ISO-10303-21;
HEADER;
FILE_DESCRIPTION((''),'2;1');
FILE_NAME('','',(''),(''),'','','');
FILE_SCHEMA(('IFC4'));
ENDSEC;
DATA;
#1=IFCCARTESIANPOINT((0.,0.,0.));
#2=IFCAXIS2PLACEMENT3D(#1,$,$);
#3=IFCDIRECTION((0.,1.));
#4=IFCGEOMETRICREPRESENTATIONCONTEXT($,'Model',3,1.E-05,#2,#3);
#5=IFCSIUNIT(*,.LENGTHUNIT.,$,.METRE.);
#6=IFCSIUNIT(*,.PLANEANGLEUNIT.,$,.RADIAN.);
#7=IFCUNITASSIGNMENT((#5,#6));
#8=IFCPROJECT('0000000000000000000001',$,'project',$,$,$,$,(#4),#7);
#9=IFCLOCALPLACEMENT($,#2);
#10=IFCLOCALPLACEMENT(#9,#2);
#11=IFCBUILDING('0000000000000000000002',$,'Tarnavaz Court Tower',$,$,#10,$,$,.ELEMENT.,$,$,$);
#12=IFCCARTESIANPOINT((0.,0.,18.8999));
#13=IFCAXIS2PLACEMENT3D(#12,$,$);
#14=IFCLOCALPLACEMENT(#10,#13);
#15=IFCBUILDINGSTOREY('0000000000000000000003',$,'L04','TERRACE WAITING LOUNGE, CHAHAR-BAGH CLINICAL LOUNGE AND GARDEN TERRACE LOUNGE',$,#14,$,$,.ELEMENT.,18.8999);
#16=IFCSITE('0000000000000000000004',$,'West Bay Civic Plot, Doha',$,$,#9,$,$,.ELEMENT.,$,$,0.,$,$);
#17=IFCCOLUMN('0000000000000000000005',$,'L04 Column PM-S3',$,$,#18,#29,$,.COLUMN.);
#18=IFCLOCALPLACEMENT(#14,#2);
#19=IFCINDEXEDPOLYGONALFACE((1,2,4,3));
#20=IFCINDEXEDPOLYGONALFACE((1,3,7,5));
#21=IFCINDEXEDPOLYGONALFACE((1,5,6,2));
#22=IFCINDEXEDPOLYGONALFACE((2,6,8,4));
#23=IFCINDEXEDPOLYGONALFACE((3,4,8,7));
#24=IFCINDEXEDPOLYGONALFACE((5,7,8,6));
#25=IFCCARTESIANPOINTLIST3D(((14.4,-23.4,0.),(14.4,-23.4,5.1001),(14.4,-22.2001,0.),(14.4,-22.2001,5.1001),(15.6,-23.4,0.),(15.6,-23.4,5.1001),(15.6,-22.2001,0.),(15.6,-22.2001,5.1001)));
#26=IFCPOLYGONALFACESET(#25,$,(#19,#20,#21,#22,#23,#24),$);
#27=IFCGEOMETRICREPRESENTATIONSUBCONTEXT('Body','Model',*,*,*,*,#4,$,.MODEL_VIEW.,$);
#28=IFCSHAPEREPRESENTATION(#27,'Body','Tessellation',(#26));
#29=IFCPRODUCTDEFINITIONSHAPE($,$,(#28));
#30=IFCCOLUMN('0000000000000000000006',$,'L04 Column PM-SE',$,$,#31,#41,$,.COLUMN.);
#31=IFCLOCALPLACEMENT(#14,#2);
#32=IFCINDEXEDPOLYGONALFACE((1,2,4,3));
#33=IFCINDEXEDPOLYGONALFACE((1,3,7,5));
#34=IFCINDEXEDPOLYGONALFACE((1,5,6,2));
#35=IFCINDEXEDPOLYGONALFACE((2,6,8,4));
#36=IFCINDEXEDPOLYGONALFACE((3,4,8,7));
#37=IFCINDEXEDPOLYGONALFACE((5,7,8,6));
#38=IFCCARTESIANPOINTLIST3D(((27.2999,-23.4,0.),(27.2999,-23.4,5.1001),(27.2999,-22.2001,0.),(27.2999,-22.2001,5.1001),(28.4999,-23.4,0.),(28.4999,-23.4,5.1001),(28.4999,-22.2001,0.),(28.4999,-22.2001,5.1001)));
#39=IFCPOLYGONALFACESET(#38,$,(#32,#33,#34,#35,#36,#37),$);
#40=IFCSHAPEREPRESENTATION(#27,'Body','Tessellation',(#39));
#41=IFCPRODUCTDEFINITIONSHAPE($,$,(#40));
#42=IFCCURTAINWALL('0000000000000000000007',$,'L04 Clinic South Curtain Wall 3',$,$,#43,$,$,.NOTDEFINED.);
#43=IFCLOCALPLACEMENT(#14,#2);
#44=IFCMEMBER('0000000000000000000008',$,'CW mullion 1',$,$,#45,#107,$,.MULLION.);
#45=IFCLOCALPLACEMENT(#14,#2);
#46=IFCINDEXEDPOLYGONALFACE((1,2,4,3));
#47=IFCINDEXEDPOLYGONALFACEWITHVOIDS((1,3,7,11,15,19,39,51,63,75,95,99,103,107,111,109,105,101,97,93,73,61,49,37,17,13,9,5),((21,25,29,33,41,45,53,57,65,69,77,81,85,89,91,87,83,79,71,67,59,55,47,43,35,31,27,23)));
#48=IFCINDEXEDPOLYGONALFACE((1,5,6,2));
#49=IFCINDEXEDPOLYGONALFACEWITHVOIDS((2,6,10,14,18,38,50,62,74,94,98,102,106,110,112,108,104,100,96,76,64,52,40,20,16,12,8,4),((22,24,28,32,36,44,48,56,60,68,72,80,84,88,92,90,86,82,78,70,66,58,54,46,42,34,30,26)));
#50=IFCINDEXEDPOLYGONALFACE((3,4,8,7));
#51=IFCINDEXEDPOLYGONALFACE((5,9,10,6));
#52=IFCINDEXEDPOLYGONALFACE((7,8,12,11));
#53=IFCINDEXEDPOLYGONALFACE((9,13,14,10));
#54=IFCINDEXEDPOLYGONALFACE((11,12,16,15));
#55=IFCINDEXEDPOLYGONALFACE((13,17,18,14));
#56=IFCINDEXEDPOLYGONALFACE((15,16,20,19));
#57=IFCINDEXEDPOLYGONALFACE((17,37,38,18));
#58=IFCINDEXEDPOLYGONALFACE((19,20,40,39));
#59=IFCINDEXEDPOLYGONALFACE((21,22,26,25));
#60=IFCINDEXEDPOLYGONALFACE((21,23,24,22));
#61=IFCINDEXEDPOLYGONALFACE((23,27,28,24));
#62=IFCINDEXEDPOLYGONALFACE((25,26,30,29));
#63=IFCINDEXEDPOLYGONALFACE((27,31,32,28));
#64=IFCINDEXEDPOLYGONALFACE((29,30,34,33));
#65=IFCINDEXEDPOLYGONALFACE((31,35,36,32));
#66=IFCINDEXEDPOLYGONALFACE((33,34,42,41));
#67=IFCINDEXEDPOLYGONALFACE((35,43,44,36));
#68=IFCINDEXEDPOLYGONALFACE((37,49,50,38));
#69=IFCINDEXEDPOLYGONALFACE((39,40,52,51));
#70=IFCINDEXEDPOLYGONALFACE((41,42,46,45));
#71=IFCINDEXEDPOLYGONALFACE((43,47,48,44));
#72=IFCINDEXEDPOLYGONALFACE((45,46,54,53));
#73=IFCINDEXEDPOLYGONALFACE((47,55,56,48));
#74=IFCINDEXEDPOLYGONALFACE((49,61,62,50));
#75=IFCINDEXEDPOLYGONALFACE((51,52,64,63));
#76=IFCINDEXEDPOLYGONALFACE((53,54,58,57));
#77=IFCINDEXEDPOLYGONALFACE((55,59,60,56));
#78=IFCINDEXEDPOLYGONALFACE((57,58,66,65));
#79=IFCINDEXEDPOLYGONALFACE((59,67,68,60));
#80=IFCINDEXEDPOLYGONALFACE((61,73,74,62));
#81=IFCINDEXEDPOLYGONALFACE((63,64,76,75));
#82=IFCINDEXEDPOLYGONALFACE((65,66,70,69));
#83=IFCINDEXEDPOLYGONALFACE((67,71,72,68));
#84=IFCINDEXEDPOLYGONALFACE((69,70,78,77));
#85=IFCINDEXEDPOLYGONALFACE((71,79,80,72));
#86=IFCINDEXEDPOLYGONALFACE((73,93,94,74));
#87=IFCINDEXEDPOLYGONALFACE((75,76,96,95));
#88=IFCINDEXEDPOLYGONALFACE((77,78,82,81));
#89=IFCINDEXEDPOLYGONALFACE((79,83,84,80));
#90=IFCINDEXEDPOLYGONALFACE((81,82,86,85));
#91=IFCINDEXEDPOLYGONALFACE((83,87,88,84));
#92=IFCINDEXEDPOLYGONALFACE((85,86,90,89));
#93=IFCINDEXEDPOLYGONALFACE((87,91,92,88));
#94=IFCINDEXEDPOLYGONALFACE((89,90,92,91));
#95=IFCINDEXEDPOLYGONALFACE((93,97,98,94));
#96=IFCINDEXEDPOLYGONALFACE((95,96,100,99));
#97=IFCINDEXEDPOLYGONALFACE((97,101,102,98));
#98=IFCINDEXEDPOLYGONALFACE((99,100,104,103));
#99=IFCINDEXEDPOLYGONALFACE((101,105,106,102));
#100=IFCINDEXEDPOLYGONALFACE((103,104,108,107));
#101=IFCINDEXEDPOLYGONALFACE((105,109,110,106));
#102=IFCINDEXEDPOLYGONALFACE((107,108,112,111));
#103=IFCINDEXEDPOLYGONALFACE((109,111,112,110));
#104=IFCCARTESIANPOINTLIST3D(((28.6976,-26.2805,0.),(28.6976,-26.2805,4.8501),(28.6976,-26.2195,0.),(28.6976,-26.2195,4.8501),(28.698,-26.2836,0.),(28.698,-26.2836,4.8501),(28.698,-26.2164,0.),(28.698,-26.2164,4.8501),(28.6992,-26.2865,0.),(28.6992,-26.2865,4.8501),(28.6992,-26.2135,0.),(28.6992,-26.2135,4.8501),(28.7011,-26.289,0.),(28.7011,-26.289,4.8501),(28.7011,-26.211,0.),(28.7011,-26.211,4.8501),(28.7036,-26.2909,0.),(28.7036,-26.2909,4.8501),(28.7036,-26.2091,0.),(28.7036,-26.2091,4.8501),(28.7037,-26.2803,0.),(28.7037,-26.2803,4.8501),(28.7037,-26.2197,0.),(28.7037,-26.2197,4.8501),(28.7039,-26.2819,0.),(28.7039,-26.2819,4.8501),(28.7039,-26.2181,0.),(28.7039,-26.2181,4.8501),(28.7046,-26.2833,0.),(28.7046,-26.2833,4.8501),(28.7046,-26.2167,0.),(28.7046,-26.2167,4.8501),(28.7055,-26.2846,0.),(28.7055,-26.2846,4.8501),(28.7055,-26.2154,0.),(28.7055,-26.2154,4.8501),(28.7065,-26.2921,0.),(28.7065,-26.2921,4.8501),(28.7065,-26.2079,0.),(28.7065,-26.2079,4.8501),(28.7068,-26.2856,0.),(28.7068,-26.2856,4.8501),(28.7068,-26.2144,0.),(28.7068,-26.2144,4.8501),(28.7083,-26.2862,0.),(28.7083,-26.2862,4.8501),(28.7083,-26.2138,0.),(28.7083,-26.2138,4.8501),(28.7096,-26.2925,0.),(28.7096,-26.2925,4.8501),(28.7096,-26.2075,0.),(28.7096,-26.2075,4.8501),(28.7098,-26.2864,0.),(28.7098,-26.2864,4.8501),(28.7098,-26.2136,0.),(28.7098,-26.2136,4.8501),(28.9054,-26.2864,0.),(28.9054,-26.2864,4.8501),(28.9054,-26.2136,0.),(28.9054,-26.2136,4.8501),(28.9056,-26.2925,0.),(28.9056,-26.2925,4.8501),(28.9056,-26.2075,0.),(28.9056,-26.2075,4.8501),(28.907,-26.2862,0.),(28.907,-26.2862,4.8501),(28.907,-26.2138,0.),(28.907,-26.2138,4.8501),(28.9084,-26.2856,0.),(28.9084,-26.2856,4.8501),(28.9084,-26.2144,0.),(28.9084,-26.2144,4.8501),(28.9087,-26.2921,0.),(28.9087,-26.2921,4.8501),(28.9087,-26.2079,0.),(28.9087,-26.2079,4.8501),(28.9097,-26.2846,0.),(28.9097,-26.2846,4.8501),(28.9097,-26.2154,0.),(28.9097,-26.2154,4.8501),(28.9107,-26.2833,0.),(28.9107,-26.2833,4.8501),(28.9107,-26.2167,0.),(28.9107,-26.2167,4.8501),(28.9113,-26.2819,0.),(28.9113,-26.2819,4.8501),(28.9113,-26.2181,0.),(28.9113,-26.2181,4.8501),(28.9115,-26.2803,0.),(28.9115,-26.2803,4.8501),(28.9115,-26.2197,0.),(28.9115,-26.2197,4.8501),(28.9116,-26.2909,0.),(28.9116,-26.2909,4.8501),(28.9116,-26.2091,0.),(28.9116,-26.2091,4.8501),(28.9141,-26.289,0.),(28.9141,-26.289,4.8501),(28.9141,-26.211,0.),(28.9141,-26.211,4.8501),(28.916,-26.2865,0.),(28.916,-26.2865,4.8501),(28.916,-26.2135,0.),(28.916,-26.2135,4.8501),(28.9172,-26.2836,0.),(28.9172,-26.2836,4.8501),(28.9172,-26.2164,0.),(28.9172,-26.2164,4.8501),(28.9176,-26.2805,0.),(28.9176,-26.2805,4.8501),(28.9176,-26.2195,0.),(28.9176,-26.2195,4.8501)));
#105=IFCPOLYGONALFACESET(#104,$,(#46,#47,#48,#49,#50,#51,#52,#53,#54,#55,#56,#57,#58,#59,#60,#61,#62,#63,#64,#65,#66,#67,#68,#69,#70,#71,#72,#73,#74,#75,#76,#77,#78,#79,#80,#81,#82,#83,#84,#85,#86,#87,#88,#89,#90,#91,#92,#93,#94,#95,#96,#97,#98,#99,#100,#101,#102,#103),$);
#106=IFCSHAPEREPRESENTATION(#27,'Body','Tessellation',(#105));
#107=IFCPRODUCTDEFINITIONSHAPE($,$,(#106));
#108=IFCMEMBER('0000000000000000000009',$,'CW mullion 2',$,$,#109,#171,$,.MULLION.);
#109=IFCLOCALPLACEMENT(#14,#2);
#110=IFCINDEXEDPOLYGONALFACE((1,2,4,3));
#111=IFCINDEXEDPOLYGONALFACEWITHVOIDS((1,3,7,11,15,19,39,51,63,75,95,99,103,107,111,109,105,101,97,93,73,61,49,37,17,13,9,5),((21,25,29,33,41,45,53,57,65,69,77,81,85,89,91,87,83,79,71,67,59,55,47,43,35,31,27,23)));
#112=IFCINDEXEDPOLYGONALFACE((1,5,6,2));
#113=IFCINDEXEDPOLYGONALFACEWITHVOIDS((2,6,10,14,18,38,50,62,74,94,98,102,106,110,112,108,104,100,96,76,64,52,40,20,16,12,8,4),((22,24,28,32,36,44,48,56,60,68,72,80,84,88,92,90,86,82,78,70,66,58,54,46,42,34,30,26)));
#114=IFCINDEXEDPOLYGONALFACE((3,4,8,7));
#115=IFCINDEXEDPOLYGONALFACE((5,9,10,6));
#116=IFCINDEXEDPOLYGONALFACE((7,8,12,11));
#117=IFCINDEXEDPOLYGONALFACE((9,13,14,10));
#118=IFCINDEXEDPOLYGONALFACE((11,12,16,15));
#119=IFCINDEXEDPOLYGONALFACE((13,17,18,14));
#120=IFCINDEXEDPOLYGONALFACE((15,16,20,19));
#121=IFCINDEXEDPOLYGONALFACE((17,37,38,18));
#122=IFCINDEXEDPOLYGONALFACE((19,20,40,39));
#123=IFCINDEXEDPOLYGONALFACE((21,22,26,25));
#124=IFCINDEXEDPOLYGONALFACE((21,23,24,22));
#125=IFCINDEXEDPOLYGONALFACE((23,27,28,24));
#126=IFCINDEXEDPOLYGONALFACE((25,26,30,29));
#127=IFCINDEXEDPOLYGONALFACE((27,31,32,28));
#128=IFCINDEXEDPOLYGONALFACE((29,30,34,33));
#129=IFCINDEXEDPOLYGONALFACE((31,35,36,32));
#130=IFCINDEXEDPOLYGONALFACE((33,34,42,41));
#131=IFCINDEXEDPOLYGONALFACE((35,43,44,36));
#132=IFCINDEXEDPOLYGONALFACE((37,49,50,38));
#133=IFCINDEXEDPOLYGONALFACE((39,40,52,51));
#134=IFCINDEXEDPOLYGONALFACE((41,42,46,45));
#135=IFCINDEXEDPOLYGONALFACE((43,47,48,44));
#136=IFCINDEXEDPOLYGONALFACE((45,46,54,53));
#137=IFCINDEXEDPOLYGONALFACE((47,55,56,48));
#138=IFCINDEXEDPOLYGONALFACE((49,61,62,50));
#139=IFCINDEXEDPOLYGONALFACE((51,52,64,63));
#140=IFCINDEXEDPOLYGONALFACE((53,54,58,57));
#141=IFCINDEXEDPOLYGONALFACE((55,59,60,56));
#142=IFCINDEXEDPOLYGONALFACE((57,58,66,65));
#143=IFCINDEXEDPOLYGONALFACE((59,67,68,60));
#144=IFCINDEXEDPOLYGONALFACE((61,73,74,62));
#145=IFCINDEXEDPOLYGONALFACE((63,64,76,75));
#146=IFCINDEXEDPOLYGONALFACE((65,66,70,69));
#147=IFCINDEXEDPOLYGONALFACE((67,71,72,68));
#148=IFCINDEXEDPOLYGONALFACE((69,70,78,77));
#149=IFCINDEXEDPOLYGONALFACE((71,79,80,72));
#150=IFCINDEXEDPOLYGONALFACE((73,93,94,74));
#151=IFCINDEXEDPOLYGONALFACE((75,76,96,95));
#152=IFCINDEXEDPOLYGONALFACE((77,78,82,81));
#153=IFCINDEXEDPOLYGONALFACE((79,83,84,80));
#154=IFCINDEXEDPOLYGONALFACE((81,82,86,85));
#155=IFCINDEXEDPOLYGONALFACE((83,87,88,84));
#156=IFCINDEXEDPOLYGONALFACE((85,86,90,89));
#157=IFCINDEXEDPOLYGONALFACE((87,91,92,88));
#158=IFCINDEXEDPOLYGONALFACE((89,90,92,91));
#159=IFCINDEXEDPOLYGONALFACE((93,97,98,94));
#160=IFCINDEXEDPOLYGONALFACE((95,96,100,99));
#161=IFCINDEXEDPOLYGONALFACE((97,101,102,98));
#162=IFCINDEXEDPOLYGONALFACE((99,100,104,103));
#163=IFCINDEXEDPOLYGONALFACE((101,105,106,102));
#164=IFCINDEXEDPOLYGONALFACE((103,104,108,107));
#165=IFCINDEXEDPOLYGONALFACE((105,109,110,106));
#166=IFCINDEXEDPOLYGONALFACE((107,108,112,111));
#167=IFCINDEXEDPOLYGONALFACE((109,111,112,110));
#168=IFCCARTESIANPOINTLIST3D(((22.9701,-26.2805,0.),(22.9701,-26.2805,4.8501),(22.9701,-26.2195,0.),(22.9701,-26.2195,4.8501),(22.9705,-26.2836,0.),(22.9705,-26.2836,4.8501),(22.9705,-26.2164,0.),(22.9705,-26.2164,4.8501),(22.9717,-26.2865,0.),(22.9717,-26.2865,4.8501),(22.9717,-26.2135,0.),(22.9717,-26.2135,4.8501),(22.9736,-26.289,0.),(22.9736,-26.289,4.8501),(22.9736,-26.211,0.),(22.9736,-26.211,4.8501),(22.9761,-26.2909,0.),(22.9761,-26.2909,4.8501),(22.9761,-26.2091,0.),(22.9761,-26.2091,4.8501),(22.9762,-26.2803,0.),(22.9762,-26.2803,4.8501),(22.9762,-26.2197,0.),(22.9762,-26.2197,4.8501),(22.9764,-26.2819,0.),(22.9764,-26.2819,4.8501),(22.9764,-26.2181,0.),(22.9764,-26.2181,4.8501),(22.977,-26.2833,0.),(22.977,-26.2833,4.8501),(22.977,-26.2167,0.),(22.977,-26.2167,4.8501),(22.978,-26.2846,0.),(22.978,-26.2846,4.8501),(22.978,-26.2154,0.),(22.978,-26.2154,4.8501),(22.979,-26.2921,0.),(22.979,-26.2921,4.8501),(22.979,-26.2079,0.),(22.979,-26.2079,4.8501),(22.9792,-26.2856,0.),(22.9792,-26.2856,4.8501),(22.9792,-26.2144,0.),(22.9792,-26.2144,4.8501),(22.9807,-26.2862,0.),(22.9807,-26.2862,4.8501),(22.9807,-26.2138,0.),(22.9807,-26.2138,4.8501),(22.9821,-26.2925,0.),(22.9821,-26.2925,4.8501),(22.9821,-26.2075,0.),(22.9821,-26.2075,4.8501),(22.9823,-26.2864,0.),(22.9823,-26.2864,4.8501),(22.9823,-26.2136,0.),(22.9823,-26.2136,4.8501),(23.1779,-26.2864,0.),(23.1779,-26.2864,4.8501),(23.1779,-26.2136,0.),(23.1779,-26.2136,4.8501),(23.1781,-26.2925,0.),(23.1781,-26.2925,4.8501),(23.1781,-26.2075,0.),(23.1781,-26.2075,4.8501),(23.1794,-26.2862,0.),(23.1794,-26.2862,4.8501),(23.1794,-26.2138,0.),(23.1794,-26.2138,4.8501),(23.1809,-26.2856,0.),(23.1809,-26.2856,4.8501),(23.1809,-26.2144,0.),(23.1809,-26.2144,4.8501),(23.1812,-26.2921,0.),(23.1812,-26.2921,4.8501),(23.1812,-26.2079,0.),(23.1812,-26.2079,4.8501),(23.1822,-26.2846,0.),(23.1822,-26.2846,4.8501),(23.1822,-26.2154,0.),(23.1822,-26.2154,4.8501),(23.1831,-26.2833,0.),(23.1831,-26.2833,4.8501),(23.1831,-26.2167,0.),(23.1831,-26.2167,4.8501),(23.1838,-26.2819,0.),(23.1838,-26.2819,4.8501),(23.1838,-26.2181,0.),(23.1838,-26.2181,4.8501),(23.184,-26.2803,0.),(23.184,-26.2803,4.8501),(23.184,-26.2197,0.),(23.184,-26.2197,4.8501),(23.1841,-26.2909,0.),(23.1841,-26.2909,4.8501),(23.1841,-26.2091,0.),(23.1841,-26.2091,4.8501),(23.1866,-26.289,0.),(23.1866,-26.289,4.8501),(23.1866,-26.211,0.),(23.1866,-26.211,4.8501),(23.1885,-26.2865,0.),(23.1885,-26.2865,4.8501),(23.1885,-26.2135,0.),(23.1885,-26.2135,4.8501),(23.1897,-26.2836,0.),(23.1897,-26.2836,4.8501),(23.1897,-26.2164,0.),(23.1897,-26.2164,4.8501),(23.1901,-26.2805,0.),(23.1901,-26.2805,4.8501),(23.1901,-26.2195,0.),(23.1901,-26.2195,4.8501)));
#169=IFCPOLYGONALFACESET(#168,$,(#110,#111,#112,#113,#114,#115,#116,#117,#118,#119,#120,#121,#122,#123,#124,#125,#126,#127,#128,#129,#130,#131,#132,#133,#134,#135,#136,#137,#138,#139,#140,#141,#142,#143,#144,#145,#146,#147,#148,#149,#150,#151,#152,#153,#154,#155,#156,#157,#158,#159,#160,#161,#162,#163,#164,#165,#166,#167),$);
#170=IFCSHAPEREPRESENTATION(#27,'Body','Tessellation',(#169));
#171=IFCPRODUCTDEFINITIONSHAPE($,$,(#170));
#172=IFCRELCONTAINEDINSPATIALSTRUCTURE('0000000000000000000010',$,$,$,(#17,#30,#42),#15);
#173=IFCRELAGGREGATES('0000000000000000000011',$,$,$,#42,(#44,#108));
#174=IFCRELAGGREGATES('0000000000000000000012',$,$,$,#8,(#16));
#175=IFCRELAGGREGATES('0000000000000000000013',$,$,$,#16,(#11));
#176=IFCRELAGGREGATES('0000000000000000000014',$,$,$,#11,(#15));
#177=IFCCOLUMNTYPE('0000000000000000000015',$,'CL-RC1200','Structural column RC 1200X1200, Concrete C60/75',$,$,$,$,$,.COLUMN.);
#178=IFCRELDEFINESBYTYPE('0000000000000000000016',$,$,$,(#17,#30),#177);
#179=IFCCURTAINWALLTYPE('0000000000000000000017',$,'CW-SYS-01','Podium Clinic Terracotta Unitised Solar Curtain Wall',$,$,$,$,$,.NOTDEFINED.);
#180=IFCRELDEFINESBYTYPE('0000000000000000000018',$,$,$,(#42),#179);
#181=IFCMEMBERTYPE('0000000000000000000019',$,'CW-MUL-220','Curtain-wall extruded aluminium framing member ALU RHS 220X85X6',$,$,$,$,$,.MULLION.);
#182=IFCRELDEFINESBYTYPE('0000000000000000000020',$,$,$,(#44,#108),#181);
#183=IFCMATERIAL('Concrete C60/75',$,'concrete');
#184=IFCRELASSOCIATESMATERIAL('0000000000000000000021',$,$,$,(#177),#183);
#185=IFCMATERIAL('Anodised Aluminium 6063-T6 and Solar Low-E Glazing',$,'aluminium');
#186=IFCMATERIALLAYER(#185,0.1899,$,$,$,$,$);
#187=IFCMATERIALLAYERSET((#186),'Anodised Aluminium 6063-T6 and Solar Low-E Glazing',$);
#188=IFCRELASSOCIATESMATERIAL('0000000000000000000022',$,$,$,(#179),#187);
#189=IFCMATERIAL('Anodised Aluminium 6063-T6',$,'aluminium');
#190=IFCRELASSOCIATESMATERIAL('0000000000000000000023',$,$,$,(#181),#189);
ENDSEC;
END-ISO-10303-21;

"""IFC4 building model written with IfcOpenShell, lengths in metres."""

from ifc_helpers import new_model, si_unit, direction, frame, origin, origin_2d, place, context, subcontext, project, spatial, rectangle, hollow_rectangle, extrude, material, layer, layer_set, material_profile, profile_set, type_object, element, aggregate, save


model = new_model("IFC4")

# Units and contexts
model_context = context("Model", 3, precision=1e-05, world=origin(), true_north=direction((0.0, 1.0)))
body_context = subcontext(model_context, "Body", "Model", "MODEL_VIEW")
ifc_project = project(units=[si_unit("LENGTHUNIT", "METRE"), si_unit("PLANEANGLEUNIT", "RADIAN")], contexts=[model_context])

# Site, building, storey
site_placement = place(None, origin())
site = spatial("IfcSite", under=ifc_project, at=site_placement, Name="West Bay Civic Plot, Doha", CompositionType="ELEMENT", RefElevation=0.0)
building_placement = place(site_placement, origin())
building = spatial("IfcBuilding", under=site, at=building_placement, Name="Tarnavaz Court Tower", CompositionType="ELEMENT")
storey_placement = place(building_placement, frame((0.0, 0.0, 18.8999)))
storey = spatial("IfcBuildingStorey", under=building, at=storey_placement, Name="L04", Description="TERRACE WAITING LOUNGE, CHAHAR-BAGH CLINICAL LOUNGE AND GARDEN TERRACE LOUNGE", CompositionType="ELEMENT", Elevation=18.8999)

# Columns
ifc_material_1 = material(Name="Concrete C60/75", Category="concrete")
ifc_material_profile_1 = material_profile(ifc_material_1, rectangle(XDim=1.2, YDim=1.2, at=origin_2d()), Name="RC 1200X1200")
ifc_profile_set_1 = profile_set([ifc_material_profile_1], Name="Concrete C60/75")
column_type = type_object("IfcColumnType", Name="CL-RC1200", Description="Structural column RC 1200X1200, Concrete C60/75", PredefinedType="COLUMN", material=ifc_profile_set_1)
for number, where, z_axis, x_axis, name in (
    (1, (15.0, -22.8, 0.0), (0.0, 0.0, 1.0), (1.0, 0.0, 0.0), "L04 Column PM-S3"),
    (2, (27.8999, -22.8, 0.0), (0.0, 0.0, 1.0), (1.0, 0.0, 0.0), "L04 Column PM-SE"),
):
    element("IfcColumn", number, at=place(storey_placement, frame(where, z_axis=z_axis, x_axis=x_axis)), inside=storey, type_object=column_type, Name=name, PredefinedType="COLUMN", context=body_context, shape_type="SweptSolid", body=[
        extrude(rectangle(XDim=1.2, YDim=1.2, at=origin_2d()), origin(), (0.0, 0.0, 1.0), 5.1001),
    ])

# Curtain wall, members
ifc_material_2 = material(Name="Anodised Aluminium 6063-T6 and Solar Low-E Glazing", Category="aluminium")
ifc_layer_1 = layer(ifc_material_2, 0.1899)
ifc_layer_set_1 = layer_set([ifc_layer_1], Name="Anodised Aluminium 6063-T6 and Solar Low-E Glazing")
curtain_wall_type = type_object("IfcCurtainWallType", Name="CW-SYS-01", Description="Podium Clinic Terracotta Unitised Solar Curtain Wall", PredefinedType="NOTDEFINED", material=ifc_layer_set_1)
curtain_wall_placement = place(storey_placement, origin())
curtain_wall = element("IfcCurtainWall", 3, at=curtain_wall_placement, inside=storey, type_object=curtain_wall_type, Name="L04 Clinic South Curtain Wall 3", PredefinedType="NOTDEFINED")
ifc_material_3 = material(Name="Anodised Aluminium 6063-T6", Category="aluminium")
ifc_material_profile_2 = material_profile(ifc_material_3, hollow_rectangle(XDim=0.085, YDim=0.22, WallThickness=0.0061, InnerFilletRadius=0.0061, OuterFilletRadius=0.012, at=origin_2d()), Name="ALU RHS 220X85X6")
ifc_profile_set_2 = profile_set([ifc_material_profile_2], Name="Anodised Aluminium 6063-T6")
member_type_1 = type_object("IfcMemberType", Name="CW-MUL-220", Description="Curtain-wall extruded aluminium framing member ALU RHS 220X85X6", PredefinedType="MULLION", material=ifc_profile_set_2)
member_1_placement = place(storey_placement, frame((28.8076, -26.25, 0.0), z_axis=(0.0, 0.0, 1.0), x_axis=(0.0, -1.0, 0.0)))
member_1 = element("IfcMember", 4, at=member_1_placement, type_object=member_type_1, Name="CW mullion 1", PredefinedType="MULLION", context=body_context, shape_type="SweptSolid", body=[
    extrude(hollow_rectangle(XDim=0.085, YDim=0.22, WallThickness=0.0061, InnerFilletRadius=0.0061, OuterFilletRadius=0.012, at=origin_2d()), origin(), (0.0, 0.0, 1.0), 4.8501),
])
member_2_placement = place(storey_placement, frame((23.0801, -26.25, 0.0), z_axis=(0.0, 0.0, 1.0), x_axis=(0.0, -1.0, 0.0)))
member_2 = element("IfcMember", 5, at=member_2_placement, type_object=member_type_1, Name="CW mullion 2", PredefinedType="MULLION", context=body_context, shape_type="SweptSolid", body=[
    extrude(hollow_rectangle(XDim=0.085, YDim=0.22, WallThickness=0.0061, InnerFilletRadius=0.0061, OuterFilletRadius=0.012, at=origin_2d()), origin(), (0.0, 0.0, 1.0), 4.8501),
])
aggregate(curtain_wall, [member_1, member_2])

save(model, "model.ifc")
